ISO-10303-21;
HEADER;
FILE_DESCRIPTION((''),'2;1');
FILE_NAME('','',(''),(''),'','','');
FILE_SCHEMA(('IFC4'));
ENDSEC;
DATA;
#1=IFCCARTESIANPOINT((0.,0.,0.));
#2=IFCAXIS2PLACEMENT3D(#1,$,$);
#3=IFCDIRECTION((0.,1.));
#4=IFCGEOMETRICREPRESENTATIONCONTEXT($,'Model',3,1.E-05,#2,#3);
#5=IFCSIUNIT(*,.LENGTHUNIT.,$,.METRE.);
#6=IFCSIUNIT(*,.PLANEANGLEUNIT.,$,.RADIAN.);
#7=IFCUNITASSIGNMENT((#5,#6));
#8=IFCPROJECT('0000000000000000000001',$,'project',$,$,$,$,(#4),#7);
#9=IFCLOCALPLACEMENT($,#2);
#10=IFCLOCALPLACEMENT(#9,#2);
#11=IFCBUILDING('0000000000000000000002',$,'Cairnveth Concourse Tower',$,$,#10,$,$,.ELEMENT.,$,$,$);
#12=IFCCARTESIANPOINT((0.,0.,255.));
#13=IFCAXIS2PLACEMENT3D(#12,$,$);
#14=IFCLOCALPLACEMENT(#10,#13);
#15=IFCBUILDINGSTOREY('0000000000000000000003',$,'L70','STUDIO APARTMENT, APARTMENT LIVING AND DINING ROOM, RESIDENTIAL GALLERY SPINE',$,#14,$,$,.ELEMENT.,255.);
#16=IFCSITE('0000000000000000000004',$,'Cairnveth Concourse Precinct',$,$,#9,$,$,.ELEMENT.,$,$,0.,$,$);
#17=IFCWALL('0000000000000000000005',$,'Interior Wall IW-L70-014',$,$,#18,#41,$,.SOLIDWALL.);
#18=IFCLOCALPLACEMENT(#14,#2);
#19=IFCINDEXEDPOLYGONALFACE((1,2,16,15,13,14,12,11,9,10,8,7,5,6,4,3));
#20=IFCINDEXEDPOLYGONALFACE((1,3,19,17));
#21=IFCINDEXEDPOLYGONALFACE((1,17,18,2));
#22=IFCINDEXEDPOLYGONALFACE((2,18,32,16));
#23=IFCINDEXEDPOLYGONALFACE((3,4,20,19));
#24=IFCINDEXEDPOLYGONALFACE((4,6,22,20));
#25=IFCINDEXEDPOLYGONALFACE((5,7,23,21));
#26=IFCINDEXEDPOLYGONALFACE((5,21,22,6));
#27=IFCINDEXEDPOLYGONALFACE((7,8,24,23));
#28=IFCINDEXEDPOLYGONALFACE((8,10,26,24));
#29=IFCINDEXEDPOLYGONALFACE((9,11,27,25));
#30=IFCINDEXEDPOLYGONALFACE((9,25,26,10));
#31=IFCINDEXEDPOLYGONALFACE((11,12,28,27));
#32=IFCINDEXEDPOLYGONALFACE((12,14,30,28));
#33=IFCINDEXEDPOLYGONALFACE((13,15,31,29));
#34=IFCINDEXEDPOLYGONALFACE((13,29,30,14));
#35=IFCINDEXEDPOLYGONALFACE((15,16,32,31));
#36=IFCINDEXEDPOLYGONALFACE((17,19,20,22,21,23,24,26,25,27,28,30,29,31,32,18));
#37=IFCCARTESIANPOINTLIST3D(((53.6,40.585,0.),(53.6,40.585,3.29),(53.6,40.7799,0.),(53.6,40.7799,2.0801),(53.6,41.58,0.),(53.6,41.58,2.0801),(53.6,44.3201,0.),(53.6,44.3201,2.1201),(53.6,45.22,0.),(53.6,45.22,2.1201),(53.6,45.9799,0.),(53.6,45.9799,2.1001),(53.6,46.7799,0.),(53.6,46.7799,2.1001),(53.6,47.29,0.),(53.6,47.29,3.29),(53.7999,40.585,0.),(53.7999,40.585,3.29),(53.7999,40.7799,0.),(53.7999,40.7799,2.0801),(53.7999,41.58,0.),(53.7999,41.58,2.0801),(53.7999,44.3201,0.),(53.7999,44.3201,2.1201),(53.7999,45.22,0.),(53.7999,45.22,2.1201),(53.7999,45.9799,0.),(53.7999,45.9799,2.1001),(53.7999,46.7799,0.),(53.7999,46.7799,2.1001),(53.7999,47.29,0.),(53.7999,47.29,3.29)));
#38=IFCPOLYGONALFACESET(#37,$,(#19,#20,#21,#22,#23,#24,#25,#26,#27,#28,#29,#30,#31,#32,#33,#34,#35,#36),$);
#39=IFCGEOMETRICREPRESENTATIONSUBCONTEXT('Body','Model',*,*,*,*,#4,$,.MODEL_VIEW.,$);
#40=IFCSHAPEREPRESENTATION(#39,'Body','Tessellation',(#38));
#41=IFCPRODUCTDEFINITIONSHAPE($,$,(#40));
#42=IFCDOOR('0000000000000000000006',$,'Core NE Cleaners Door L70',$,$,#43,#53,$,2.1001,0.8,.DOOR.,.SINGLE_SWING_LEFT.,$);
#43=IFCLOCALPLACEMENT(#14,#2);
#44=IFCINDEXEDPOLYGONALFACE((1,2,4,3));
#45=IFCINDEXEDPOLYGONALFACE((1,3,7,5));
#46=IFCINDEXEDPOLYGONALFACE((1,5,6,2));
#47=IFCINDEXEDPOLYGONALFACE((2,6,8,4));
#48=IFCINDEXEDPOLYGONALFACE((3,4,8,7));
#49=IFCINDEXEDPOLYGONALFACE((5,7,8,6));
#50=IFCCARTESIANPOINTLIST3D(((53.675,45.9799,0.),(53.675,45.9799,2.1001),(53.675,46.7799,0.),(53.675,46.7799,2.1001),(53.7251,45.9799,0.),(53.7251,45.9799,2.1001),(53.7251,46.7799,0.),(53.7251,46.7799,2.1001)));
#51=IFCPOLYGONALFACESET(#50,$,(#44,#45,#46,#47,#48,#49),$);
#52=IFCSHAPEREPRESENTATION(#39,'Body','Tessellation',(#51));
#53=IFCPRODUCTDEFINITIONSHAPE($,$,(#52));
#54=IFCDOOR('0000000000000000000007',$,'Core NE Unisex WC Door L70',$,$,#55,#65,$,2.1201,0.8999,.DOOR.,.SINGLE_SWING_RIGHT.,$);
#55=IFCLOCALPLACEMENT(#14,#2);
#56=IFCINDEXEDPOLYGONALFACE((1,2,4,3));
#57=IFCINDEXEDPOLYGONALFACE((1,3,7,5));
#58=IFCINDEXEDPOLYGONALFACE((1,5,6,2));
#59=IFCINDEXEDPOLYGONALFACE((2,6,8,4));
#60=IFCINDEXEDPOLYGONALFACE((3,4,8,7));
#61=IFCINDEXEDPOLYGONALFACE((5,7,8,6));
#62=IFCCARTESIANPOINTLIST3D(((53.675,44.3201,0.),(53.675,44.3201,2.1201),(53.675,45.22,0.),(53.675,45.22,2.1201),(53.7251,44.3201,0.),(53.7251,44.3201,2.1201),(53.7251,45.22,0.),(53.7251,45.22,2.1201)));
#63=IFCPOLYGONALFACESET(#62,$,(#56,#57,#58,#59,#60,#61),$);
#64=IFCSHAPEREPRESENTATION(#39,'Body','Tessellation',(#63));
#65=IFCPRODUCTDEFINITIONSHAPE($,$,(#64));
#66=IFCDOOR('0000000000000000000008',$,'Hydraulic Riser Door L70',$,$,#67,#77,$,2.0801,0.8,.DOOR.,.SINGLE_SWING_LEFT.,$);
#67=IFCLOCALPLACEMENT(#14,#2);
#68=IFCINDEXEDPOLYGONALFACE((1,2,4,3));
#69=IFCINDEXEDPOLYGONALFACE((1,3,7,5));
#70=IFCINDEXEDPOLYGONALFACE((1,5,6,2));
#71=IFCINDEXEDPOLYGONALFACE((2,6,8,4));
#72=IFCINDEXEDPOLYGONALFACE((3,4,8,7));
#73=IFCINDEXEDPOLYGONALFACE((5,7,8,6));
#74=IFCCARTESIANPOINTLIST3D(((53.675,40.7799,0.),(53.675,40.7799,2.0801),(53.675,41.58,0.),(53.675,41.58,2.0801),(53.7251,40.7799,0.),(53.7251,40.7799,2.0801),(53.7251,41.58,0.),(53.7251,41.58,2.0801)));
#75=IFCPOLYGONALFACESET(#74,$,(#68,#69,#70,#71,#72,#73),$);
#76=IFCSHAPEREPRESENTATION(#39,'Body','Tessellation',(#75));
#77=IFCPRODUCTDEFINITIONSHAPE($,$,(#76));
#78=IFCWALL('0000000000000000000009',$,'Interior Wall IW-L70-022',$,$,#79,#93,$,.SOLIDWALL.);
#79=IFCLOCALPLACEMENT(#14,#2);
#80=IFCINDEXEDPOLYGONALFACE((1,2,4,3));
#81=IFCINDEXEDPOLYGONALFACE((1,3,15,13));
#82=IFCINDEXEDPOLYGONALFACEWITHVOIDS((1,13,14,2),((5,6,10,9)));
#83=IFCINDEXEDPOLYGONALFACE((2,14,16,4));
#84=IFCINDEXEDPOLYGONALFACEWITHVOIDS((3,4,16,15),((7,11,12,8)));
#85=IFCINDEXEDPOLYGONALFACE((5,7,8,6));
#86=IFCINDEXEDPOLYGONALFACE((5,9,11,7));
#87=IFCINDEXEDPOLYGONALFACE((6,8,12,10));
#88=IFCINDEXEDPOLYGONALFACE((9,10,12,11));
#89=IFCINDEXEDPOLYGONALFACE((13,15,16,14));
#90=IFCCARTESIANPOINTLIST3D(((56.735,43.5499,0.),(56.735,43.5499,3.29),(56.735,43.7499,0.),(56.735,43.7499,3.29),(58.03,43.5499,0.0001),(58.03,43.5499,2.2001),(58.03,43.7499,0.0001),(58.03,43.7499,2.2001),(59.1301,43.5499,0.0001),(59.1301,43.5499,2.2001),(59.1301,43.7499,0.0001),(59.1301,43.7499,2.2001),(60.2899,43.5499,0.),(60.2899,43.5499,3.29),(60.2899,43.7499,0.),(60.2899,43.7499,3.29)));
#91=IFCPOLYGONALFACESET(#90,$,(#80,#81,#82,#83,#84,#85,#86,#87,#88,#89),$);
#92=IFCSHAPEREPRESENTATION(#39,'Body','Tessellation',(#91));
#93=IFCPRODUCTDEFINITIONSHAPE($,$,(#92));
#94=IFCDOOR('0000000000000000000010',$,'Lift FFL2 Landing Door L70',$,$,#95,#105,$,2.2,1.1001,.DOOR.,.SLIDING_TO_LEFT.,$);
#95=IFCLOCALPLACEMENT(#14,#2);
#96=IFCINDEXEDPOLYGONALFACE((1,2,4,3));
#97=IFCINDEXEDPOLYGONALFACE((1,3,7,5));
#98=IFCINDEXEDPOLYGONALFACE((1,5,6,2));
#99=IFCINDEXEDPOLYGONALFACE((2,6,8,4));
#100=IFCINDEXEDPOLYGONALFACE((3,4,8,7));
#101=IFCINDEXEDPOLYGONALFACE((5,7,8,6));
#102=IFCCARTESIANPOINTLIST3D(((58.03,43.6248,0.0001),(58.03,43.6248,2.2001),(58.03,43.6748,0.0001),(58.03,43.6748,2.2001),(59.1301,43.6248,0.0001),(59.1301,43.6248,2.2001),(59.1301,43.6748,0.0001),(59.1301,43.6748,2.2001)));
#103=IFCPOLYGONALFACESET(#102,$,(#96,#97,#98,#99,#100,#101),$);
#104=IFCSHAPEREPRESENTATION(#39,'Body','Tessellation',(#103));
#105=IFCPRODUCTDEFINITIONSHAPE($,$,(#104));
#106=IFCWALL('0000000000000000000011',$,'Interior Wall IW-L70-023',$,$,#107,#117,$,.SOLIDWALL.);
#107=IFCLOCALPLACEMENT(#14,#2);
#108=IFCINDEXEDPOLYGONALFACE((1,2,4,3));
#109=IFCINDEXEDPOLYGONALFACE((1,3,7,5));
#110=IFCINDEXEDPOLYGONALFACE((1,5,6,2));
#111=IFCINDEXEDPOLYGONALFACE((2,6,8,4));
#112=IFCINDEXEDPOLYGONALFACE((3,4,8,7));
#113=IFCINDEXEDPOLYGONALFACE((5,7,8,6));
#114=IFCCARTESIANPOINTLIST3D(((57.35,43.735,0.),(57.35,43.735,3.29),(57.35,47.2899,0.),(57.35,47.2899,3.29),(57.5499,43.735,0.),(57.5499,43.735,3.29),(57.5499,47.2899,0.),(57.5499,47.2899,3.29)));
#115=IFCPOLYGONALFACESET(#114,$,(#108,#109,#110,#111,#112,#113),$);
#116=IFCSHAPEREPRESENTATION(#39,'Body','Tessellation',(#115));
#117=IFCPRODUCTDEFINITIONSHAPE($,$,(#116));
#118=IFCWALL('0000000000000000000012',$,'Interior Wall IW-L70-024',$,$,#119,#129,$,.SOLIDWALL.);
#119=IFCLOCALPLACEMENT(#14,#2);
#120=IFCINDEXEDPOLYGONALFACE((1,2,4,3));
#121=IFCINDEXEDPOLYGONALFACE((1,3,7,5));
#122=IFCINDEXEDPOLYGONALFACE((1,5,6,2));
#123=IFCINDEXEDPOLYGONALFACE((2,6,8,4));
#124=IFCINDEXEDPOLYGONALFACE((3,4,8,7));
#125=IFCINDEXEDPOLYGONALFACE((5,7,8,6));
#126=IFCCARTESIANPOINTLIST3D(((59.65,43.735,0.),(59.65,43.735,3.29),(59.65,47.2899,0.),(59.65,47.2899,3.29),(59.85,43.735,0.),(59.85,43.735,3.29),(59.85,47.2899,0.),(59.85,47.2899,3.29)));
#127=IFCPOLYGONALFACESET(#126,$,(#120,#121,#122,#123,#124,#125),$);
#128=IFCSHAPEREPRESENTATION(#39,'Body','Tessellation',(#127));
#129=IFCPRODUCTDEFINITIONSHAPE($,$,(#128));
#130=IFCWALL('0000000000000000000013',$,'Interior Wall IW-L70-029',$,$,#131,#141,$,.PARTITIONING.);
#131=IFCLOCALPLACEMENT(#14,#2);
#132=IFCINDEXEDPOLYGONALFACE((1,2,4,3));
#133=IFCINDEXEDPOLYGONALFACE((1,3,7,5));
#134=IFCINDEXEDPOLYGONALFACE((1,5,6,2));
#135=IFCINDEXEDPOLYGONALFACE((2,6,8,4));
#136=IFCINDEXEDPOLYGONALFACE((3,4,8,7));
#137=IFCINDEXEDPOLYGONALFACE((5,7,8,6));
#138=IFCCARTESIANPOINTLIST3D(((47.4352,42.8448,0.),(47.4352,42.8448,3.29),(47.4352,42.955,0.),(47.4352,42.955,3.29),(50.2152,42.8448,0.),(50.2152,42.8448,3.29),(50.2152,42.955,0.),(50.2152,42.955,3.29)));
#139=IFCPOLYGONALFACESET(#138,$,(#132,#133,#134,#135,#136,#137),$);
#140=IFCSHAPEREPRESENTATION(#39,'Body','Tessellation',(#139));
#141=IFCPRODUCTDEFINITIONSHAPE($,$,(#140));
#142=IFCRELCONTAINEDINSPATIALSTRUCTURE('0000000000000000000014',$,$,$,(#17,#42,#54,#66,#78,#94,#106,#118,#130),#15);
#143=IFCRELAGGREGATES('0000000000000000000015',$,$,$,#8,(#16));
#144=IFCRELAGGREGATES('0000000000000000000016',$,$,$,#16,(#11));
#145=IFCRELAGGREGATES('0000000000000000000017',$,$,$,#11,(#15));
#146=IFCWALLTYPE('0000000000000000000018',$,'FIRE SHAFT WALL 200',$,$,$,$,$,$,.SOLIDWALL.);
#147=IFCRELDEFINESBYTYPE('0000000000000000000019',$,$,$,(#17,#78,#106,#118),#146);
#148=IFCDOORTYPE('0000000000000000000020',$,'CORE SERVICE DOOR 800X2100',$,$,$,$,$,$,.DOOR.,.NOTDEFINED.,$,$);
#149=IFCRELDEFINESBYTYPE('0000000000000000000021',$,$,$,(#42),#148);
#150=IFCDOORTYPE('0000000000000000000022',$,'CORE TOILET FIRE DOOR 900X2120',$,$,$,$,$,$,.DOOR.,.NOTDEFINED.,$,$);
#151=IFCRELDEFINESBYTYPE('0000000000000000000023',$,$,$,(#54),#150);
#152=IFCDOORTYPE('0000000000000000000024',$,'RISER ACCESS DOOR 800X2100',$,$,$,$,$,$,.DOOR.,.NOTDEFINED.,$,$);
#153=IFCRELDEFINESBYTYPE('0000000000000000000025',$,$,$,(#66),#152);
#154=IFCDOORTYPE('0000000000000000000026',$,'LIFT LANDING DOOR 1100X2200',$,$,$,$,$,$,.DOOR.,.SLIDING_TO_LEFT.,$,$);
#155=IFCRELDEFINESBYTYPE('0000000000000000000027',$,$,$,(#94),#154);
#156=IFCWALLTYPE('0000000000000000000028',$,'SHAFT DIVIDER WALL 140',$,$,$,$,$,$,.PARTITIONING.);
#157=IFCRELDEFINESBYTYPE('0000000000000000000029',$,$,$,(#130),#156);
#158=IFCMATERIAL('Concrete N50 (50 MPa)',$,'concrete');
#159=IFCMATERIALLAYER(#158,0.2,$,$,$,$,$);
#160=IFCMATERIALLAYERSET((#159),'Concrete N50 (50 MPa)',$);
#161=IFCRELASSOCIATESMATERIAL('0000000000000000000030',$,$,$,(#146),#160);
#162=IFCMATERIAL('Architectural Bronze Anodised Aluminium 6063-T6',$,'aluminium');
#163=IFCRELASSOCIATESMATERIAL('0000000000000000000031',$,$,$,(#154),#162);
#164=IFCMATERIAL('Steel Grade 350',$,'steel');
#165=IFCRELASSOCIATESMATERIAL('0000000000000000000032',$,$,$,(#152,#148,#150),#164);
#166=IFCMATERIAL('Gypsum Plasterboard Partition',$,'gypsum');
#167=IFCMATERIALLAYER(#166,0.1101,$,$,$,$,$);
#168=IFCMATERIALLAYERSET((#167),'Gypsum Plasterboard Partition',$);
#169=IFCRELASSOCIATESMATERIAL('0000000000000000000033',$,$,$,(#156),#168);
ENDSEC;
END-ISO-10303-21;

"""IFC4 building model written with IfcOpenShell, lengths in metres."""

from ifc_helpers import new_model, si_unit, direction, frame, frame_2d, origin, place, context, subcontext, project, spatial, rectangle, extrude, material, layer, layer_set, type_object, element, fill, save


model = new_model("IFC4")

# Units and contexts
model_context = context("Model", 3, precision=1e-05, world=origin(), true_north=direction((0.0, 1.0)))
body_context = subcontext(model_context, "Body", "Model", "MODEL_VIEW")
ifc_project = project(units=[si_unit("LENGTHUNIT", "METRE"), si_unit("PLANEANGLEUNIT", "RADIAN")], contexts=[model_context])

# Site, building, storey
site_placement = place(None, origin())
site = spatial("IfcSite", under=ifc_project, at=site_placement, Name="Cairnveth Concourse Precinct", CompositionType="ELEMENT", RefElevation=0.0)
building_placement = place(site_placement, origin())
building = spatial("IfcBuilding", under=site, at=building_placement, Name="Cairnveth Concourse Tower", CompositionType="ELEMENT")
storey_placement = place(building_placement, frame((0.0, 0.0, 255.0)))
storey = spatial("IfcBuildingStorey", under=building, at=storey_placement, Name="L70", Description="STUDIO APARTMENT, APARTMENT LIVING AND DINING ROOM, RESIDENTIAL GALLERY SPINE", CompositionType="ELEMENT", Elevation=255.0)

# Shared definitions
ifc_material_1 = material(Name="Concrete N50 (50 MPa)", Category="concrete")

# Shared definitions
ifc_material_2 = material(Name="Steel Grade 350", Category="steel")

# Shared definitions
ifc_layer_1 = layer(ifc_material_1, 0.2)
ifc_layer_set_1 = layer_set([ifc_layer_1], Name="Concrete N50 (50 MPa)")
wall_type_1 = type_object("IfcWallType", Name="FIRE SHAFT WALL 200", PredefinedType="SOLIDWALL", material=ifc_layer_set_1)

# Wall, openings, doors
ifc_material_3 = material(Name="Architectural Bronze Anodised Aluminium 6063-T6", Category="aluminium")
door_type_1 = type_object("IfcDoorType", Name="LIFT LANDING DOOR 1100X2200", OperationType="SLIDING_TO_LEFT", PredefinedType="DOOR", material=ifc_material_3)
door_type_2 = type_object("IfcDoorType", Name="RISER ACCESS DOOR 800X2100", OperationType="NOTDEFINED", PredefinedType="DOOR", material=ifc_material_2)
wall_1_placement = place(storey_placement, frame((53.7, 40.585, 0.0), z_axis=(0.0, 0.0, 1.0), x_axis=(0.0, 1.0, 0.0)))
wall_1 = element("IfcWall", 1, at=wall_1_placement, inside=storey, type_object=wall_type_1, Name="Interior Wall IW-L70-014", PredefinedType="SOLIDWALL", context=body_context, shape_type="SweptSolid", body=[
    extrude(rectangle(XDim=6.7051, YDim=0.2, at=frame_2d((3.3525, 0.0))), origin(), (0.0, 0.0, 1.0), 3.29),
])
opening_1_placement = place(wall_1_placement, frame((0.1951, 0.0, 0.0)))
opening_1 = element("IfcOpeningElement", 2, at=opening_1_placement, cuts=wall_1, PredefinedType="OPENING", context=body_context, shape_type="SweptSolid", body=[
    extrude(rectangle(XDim=0.8, YDim=2.0801, at=frame_2d((0.3999, 1.04))), frame((0.0, 0.1099, 0.0), z_axis=(0.0, -1.0, 0.0), x_axis=(1.0, 0.0, 0.0)), (0.0, 0.0, 1.0), 0.22),
])
opening_2_placement = place(wall_1_placement, frame((3.7351, 0.0, 0.0)))
opening_2 = element("IfcOpeningElement", 3, at=opening_2_placement, cuts=wall_1, PredefinedType="OPENING", context=body_context, shape_type="SweptSolid", body=[
    extrude(rectangle(XDim=0.8999, YDim=2.1201, at=frame_2d((0.45, 1.0601))), frame((0.0, 0.1099, 0.0), z_axis=(0.0, -1.0, 0.0), x_axis=(1.0, 0.0, 0.0)), (0.0, 0.0, 1.0), 0.22),
])
opening_3_placement = place(wall_1_placement, frame((5.395, 0.0, 0.0)))
opening_3 = element("IfcOpeningElement", 4, at=opening_3_placement, cuts=wall_1, PredefinedType="OPENING", context=body_context, shape_type="SweptSolid", body=[
    extrude(rectangle(XDim=0.8, YDim=2.1001, at=frame_2d((0.3999, 1.05))), frame((0.0, 0.1099, 0.0), z_axis=(0.0, -1.0, 0.0), x_axis=(1.0, 0.0, 0.0)), (0.0, 0.0, 1.0), 0.22),
])
door_type_3 = type_object("IfcDoorType", Name="CORE SERVICE DOOR 800X2100", OperationType="NOTDEFINED", PredefinedType="DOOR", material=ifc_material_2)
door_1_placement = place(opening_3_placement, origin())
door_1 = element("IfcDoor", 5, at=door_1_placement, inside=storey, type_object=door_type_3, Name="Core NE Cleaners Door L70", OperationType="SINGLE_SWING_LEFT", OverallHeight=2.1001, OverallWidth=0.8, PredefinedType="DOOR", context=body_context, shape_type="SweptSolid", body=[
    extrude(rectangle(XDim=0.8, YDim=2.1001, at=frame_2d((0.3999, 1.05))), frame((0.0, 0.0249, 0.0), z_axis=(0.0, -1.0, 0.0), x_axis=(1.0, 0.0, 0.0)), (0.0, 0.0, 1.0), 0.05),
])
fill(opening_3, door_1)
door_type_4 = type_object("IfcDoorType", Name="CORE TOILET FIRE DOOR 900X2120", OperationType="NOTDEFINED", PredefinedType="DOOR", material=ifc_material_2)
door_2_placement = place(opening_2_placement, origin())
door_2 = element("IfcDoor", 6, at=door_2_placement, inside=storey, type_object=door_type_4, Name="Core NE Unisex WC Door L70", OperationType="SINGLE_SWING_RIGHT", OverallHeight=2.1201, OverallWidth=0.8999, PredefinedType="DOOR", context=body_context, shape_type="SweptSolid", body=[
    extrude(rectangle(XDim=0.8999, YDim=2.1201, at=frame_2d((0.45, 1.0601))), frame((0.0, 0.0249, 0.0), z_axis=(0.0, -1.0, 0.0), x_axis=(1.0, 0.0, 0.0)), (0.0, 0.0, 1.0), 0.05),
])
fill(opening_2, door_2)
door_3_placement = place(opening_1_placement, origin())
door_3 = element("IfcDoor", 7, at=door_3_placement, inside=storey, type_object=door_type_2, Name="Hydraulic Riser Door L70", OperationType="SINGLE_SWING_LEFT", OverallHeight=2.0801, OverallWidth=0.8, PredefinedType="DOOR", context=body_context, shape_type="SweptSolid", body=[
    extrude(rectangle(XDim=0.8, YDim=2.0801, at=frame_2d((0.3999, 1.04))), frame((0.0, 0.0249, 0.0), z_axis=(0.0, -1.0, 0.0), x_axis=(1.0, 0.0, 0.0)), (0.0, 0.0, 1.0), 0.05),
])
fill(opening_1, door_3)

# Wall, opening, door
wall_2_placement = place(storey_placement, frame((56.7351, 43.6499, 0.0), z_axis=(0.0, 0.0, 1.0), x_axis=(1.0, 0.0, 0.0)))
wall_2 = element("IfcWall", 8, at=wall_2_placement, inside=storey, type_object=wall_type_1, Name="Interior Wall IW-L70-022", PredefinedType="SOLIDWALL", context=body_context, shape_type="SweptSolid", body=[
    extrude(rectangle(XDim=3.5549, YDim=0.2, at=frame_2d((1.7773, 0.0))), origin(), (0.0, 0.0, 1.0), 3.29),
])
opening_4_placement = place(wall_2_placement, frame((1.2949, 0.0, 0.0)))
opening_4 = element("IfcOpeningElement", 9, at=opening_4_placement, cuts=wall_2, PredefinedType="OPENING", context=body_context, shape_type="SweptSolid", body=[
    extrude(rectangle(XDim=1.1001, YDim=2.2, at=frame_2d((0.55, 1.1001))), frame((0.0, 0.1099, 0.0), z_axis=(0.0, -1.0, 0.0), x_axis=(1.0, 0.0, 0.0)), (0.0, 0.0, 1.0), 0.22),
])
door_4_placement = place(opening_4_placement, origin())
door_4 = element("IfcDoor", 10, at=door_4_placement, inside=storey, type_object=door_type_1, Name="Lift FFL2 Landing Door L70", OperationType="SLIDING_TO_LEFT", OverallHeight=2.2, OverallWidth=1.1001, PredefinedType="DOOR", context=body_context, shape_type="SweptSolid", body=[
    extrude(rectangle(XDim=1.1001, YDim=2.2, at=frame_2d((0.55, 1.1001))), frame((0.0, 0.0249, 0.0), z_axis=(0.0, -1.0, 0.0), x_axis=(1.0, 0.0, 0.0)), (0.0, 0.0, 1.0), 0.05),
])
fill(opening_4, door_4)

# Walls
for number, where, z_axis, x_axis, name in (
    (11, (57.45, 43.7351, 0.0), (0.0, 0.0, 1.0), (0.0, 1.0, 0.0), "Interior Wall IW-L70-023"),
    (12, (59.75, 43.7351, 0.0), (0.0, 0.0, 1.0), (0.0, 1.0, 0.0), "Interior Wall IW-L70-024"),
):
    element("IfcWall", number, at=place(storey_placement, frame(where, z_axis=z_axis, x_axis=x_axis)), inside=storey, type_object=wall_type_1, Name=name, PredefinedType="SOLIDWALL", context=body_context, shape_type="SweptSolid", body=[
        extrude(rectangle(XDim=3.5549, YDim=0.2, at=frame_2d((1.7773, 0.0))), origin(), (0.0, 0.0, 1.0), 3.29),
    ])
ifc_material_4 = material(Name="Gypsum Plasterboard Partition", Category="gypsum")
ifc_layer_2 = layer(ifc_material_4, 0.1101)
ifc_layer_set_2 = layer_set([ifc_layer_2], Name="Gypsum Plasterboard Partition")
wall_type_2 = type_object("IfcWallType", Name="SHAFT DIVIDER WALL 140", PredefinedType="PARTITIONING", material=ifc_layer_set_2)
wall_3_placement = place(storey_placement, frame((47.4351, 42.8999, 0.0), z_axis=(0.0, 0.0, 1.0), x_axis=(1.0, 0.0, 0.0)))
element("IfcWall", 13, at=wall_3_placement, inside=storey, type_object=wall_type_2, Name="Interior Wall IW-L70-029", PredefinedType="PARTITIONING", context=body_context, shape_type="SweptSolid", body=[
    extrude(rectangle(XDim=2.78, YDim=0.1101, at=frame_2d((1.3901, 0.0))), origin(), (0.0, 0.0, 1.0), 3.29),
])

save(model, "model.ifc")
